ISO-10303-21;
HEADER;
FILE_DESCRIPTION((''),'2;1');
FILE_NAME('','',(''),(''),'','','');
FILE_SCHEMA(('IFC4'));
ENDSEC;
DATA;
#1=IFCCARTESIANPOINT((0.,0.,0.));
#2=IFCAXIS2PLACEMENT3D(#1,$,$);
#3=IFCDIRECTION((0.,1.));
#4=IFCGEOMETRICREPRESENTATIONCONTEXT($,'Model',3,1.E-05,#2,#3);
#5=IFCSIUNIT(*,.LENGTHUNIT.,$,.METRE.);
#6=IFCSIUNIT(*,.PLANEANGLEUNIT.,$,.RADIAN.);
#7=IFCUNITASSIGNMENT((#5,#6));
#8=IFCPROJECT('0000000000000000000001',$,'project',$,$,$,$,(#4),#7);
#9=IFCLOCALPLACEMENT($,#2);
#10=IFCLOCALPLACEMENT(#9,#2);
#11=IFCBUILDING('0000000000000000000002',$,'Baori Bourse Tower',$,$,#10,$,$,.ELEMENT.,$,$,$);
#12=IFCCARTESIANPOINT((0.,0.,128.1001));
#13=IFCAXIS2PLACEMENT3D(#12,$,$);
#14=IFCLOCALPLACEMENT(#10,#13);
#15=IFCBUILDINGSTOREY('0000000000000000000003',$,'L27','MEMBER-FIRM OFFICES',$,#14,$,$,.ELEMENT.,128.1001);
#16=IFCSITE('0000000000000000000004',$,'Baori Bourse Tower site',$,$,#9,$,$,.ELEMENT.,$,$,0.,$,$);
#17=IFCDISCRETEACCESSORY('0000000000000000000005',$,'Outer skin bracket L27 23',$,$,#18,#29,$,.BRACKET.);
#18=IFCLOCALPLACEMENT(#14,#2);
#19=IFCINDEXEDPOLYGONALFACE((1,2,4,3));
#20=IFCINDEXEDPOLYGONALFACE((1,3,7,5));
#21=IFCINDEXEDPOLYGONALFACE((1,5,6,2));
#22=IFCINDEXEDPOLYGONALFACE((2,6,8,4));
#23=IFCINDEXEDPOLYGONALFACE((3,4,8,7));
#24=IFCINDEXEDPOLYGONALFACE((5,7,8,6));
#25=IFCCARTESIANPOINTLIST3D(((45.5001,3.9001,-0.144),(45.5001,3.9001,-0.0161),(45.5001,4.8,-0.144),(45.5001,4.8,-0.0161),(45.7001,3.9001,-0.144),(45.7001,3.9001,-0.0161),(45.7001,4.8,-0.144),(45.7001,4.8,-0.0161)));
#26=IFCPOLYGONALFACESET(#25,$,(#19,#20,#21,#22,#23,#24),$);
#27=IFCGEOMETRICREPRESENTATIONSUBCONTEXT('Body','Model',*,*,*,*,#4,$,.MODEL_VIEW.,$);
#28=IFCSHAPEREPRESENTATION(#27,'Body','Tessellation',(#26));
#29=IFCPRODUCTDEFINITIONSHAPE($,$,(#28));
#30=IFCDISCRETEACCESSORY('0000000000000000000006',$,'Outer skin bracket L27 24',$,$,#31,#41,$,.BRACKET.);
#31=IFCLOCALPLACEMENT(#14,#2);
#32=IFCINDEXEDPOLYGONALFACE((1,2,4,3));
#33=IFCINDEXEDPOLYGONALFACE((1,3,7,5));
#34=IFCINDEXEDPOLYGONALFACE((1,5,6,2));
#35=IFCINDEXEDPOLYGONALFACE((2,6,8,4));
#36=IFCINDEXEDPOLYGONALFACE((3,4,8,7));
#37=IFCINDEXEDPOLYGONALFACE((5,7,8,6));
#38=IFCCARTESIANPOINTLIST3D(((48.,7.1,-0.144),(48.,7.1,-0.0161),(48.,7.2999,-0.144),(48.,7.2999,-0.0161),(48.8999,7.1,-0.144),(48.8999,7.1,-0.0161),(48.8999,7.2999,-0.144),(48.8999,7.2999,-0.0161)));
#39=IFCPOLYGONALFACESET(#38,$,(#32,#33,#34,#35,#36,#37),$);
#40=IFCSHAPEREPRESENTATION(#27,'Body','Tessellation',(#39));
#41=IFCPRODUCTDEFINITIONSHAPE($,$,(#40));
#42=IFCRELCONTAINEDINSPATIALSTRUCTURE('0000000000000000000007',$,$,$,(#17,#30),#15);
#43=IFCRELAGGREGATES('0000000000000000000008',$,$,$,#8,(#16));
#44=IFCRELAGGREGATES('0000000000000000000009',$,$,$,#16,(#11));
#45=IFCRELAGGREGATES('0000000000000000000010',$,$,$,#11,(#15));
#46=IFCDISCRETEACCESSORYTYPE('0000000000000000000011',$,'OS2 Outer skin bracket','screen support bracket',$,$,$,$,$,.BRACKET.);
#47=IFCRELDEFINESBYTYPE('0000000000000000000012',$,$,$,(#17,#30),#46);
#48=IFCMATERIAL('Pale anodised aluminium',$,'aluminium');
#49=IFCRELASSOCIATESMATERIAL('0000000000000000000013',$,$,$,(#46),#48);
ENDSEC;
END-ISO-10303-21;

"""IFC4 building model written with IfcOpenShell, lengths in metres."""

from ifc_helpers import new_model, si_unit, direction, frame, origin, origin_2d, place, context, subcontext, project, spatial, rectangle, extrude, material, type_object, element, save


model = new_model("IFC4")

# Units and contexts
model_context = context("Model", 3, precision=1e-05, world=origin(), true_north=direction((0.0, 1.0)))
body_context = subcontext(model_context, "Body", "Model", "MODEL_VIEW")
ifc_project = project(units=[si_unit("LENGTHUNIT", "METRE"), si_unit("PLANEANGLEUNIT", "RADIAN")], contexts=[model_context])

# Site, building, storey
site_placement = place(None, origin())
site = spatial("IfcSite", under=ifc_project, at=site_placement, Name="Baori Bourse Tower site", CompositionType="ELEMENT", RefElevation=0.0)
building_placement = place(site_placement, origin())
building = spatial("IfcBuilding", under=site, at=building_placement, Name="Baori Bourse Tower", CompositionType="ELEMENT")
storey_placement = place(building_placement, frame((0.0, 0.0, 128.1001)))
storey = spatial("IfcBuildingStorey", under=building, at=storey_placement, Name="L27", Description="MEMBER-FIRM OFFICES", CompositionType="ELEMENT", Elevation=128.1001)

# Discrete accessories
ifc_material_1 = material(Name="Pale anodised aluminium", Category="aluminium")
discrete_accessory_type = type_object("IfcDiscreteAccessoryType", Name="OS2 Outer skin bracket", Description="screen support bracket", PredefinedType="BRACKET", material=ifc_material_1)
for number, where, z_axis, x_axis, name in (
    (1, (45.6001, 4.3501, -0.144), (0.0, 0.0, 1.0), (1.0, 0.0, 0.0), "Outer skin bracket L27 23"),
    (2, (48.45, 7.2, -0.144), (0.0, 0.0, 1.0), (0.0, 1.0, 0.0), "Outer skin bracket L27 24"),
):
    element("IfcDiscreteAccessory", number, at=place(storey_placement, frame(where, z_axis=z_axis, x_axis=x_axis)), inside=storey, type_object=discrete_accessory_type, Name=name, PredefinedType="BRACKET", context=body_context, shape_type="SweptSolid", body=[
        extrude(rectangle(XDim=0.2, YDim=0.8999, at=origin_2d()), origin(), (0.0, 0.0, 1.0), 0.1279),
    ])

save(model, "model.ifc")
